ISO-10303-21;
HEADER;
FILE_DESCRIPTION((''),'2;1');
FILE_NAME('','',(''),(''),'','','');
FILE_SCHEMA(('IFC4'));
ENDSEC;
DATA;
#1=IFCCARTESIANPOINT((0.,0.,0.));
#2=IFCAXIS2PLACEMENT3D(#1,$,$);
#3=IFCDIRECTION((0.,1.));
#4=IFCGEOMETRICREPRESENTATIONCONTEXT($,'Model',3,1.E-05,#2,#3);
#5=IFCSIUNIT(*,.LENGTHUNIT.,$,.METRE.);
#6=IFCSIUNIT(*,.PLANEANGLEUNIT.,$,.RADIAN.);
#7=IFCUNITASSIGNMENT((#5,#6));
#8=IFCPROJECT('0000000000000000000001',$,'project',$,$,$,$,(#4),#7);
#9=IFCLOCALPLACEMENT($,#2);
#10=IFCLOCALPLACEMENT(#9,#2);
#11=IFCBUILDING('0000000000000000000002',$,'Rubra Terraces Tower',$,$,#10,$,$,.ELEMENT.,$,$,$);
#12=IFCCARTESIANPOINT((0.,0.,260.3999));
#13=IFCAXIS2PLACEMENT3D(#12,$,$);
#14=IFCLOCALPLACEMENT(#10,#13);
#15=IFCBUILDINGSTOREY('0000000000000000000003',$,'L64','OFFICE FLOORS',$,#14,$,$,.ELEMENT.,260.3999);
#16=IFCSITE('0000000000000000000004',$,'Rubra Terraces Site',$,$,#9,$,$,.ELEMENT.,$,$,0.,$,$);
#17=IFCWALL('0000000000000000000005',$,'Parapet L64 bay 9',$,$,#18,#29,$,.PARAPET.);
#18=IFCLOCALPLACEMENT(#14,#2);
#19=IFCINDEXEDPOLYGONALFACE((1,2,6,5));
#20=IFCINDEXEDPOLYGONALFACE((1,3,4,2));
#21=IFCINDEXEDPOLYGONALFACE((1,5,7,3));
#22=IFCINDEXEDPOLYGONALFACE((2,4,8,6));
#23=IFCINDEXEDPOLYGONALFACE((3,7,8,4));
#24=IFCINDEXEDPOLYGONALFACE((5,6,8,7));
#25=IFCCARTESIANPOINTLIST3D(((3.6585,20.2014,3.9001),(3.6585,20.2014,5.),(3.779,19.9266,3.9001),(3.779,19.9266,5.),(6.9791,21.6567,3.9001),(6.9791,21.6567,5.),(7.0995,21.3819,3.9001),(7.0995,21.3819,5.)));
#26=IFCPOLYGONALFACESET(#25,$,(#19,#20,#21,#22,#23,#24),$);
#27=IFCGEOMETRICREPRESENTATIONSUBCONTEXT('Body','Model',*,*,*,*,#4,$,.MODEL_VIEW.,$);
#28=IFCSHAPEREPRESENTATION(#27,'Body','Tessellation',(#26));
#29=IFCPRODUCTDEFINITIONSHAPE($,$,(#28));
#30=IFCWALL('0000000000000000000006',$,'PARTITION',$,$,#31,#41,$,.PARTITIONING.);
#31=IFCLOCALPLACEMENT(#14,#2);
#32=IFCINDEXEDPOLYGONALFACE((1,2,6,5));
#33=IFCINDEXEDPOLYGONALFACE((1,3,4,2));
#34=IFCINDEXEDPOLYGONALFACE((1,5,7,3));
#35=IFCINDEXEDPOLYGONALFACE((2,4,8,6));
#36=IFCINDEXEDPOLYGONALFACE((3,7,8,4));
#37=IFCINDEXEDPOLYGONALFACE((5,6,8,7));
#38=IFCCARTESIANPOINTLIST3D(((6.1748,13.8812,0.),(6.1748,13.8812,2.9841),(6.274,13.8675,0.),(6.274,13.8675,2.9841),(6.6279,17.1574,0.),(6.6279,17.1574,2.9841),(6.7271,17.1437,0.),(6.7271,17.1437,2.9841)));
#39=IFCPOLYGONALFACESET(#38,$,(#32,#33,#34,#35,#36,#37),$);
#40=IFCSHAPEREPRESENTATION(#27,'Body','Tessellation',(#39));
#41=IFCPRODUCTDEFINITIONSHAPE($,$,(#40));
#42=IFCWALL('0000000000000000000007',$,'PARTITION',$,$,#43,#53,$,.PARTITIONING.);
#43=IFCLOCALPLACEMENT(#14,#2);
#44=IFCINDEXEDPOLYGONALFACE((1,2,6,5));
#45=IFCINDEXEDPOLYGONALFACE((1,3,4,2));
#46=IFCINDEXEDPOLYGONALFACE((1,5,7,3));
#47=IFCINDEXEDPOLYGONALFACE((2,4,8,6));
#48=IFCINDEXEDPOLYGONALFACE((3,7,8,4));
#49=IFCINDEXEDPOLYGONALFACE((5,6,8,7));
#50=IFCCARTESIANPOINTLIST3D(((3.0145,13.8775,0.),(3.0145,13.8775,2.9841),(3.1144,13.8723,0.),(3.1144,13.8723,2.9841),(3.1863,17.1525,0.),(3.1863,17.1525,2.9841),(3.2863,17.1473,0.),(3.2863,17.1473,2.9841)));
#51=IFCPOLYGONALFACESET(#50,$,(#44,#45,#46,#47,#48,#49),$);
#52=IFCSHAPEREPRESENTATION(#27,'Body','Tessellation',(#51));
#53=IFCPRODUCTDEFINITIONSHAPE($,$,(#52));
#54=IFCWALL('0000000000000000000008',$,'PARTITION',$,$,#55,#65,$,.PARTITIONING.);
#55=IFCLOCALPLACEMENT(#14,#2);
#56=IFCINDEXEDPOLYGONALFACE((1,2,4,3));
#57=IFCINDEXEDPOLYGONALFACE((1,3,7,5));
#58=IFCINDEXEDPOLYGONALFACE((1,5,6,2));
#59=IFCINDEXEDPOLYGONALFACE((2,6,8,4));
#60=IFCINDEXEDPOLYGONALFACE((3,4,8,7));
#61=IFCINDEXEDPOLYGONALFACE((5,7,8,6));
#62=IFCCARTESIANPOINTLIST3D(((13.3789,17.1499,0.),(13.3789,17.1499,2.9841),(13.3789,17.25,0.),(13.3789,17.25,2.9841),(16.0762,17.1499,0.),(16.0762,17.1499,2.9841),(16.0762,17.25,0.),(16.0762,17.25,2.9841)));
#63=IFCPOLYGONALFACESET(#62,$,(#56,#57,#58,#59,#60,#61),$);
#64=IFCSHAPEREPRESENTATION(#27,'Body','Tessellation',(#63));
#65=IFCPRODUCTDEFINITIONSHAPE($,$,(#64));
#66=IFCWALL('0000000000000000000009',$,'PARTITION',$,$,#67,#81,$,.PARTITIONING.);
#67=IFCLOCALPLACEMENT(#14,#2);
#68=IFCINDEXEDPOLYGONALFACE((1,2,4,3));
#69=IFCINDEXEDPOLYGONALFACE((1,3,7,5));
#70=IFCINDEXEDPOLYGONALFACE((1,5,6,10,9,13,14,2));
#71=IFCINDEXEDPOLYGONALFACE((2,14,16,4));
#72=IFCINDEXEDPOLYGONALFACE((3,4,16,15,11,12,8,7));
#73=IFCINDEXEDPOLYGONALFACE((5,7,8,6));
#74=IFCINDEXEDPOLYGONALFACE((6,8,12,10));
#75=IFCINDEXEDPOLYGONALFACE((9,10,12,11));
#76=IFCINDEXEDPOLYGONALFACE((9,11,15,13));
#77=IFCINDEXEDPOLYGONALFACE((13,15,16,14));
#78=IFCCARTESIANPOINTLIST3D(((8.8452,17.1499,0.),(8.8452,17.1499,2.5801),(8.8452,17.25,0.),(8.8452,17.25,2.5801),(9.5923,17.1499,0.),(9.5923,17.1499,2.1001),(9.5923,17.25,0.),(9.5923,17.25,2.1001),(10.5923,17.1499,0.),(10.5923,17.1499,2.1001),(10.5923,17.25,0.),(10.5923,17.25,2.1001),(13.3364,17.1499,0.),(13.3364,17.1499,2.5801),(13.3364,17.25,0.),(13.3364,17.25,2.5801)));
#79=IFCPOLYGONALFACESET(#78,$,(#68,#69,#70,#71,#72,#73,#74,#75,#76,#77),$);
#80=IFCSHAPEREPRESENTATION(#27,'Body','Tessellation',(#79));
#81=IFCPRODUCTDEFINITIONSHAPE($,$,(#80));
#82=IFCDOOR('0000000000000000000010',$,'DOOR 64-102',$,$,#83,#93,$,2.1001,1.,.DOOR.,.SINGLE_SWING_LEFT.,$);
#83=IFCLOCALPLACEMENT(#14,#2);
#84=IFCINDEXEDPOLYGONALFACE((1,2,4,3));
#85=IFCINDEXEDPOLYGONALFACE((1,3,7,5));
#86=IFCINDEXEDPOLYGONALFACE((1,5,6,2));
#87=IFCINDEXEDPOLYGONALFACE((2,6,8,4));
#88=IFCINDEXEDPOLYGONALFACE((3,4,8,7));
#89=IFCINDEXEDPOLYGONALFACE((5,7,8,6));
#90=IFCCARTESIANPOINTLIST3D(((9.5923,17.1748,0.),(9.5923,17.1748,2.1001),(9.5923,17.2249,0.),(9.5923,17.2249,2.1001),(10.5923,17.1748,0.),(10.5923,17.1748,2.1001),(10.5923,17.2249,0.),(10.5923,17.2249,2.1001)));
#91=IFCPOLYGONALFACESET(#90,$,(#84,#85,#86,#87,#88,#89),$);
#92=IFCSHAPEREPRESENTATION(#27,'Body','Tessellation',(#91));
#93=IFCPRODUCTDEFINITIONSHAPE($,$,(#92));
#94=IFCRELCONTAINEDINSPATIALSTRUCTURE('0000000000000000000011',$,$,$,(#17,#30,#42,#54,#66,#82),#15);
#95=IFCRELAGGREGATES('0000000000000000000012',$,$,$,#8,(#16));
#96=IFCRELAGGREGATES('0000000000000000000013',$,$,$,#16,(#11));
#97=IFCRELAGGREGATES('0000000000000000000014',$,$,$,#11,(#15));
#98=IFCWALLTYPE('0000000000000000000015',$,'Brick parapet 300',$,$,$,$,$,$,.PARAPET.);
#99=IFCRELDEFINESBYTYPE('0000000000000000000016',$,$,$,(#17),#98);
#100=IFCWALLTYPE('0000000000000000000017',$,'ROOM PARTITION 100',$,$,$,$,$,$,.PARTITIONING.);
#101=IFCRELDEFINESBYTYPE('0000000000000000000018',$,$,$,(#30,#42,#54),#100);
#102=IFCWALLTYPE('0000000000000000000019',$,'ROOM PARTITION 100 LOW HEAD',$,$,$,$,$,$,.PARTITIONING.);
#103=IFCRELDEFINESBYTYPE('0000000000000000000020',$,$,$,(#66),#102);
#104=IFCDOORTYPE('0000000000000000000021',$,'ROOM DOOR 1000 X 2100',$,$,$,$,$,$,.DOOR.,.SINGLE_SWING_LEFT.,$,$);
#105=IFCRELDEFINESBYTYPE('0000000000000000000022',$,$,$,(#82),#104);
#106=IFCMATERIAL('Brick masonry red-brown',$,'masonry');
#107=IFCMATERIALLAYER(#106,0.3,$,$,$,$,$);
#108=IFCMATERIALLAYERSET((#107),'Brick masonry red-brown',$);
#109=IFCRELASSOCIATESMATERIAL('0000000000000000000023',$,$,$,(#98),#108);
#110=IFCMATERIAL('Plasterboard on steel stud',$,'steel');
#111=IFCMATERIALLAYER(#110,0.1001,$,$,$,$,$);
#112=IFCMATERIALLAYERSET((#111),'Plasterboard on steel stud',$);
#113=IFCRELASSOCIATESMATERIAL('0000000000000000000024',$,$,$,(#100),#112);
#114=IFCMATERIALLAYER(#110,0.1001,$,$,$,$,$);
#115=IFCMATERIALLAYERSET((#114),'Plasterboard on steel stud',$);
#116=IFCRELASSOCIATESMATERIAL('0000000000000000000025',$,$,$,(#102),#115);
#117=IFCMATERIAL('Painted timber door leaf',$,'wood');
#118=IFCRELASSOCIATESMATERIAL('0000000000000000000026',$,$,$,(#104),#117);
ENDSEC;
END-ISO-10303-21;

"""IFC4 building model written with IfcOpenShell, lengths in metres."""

from ifc_helpers import new_model, si_unit, direction, frame, frame_2d, origin, place, context, subcontext, project, spatial, rectangle, extrude, material, layer, layer_set, type_object, element, fill, save


model = new_model("IFC4")

# Units and contexts
model_context = context("Model", 3, precision=1e-05, world=origin(), true_north=direction((0.0, 1.0)))
body_context = subcontext(model_context, "Body", "Model", "MODEL_VIEW")
ifc_project = project(units=[si_unit("LENGTHUNIT", "METRE"), si_unit("PLANEANGLEUNIT", "RADIAN")], contexts=[model_context])

# Site, building, storey
site_placement = place(None, origin())
site = spatial("IfcSite", under=ifc_project, at=site_placement, Name="Rubra Terraces Site", CompositionType="ELEMENT", RefElevation=0.0)
building_placement = place(site_placement, origin())
building = spatial("IfcBuilding", under=site, at=building_placement, Name="Rubra Terraces Tower", CompositionType="ELEMENT")
storey_placement = place(building_placement, frame((0.0, 0.0, 260.3999)))
storey = spatial("IfcBuildingStorey", under=building, at=storey_placement, Name="L64", Description="OFFICE FLOORS", CompositionType="ELEMENT", Elevation=260.3999)

# Shared definitions
ifc_material_1 = material(Name="Brick masonry red-brown", Category="masonry")

# Walls
ifc_layer_1 = layer(ifc_material_1, 0.3)
ifc_layer_set_1 = layer_set([ifc_layer_1], Name="Brick masonry red-brown")
wall_type_1 = type_object("IfcWallType", Name="Brick parapet 300", PredefinedType="PARAPET", material=ifc_layer_set_1)
wall_1_placement = place(storey_placement, frame((7.0393, 21.5193, 3.9001), z_axis=(0.0, 0.0, 1.0), x_axis=(-0.915896, -0.401416, 0.0)))
element("IfcWall", 1, at=wall_1_placement, inside=storey, type_object=wall_type_1, Name="Parapet L64 bay 9", PredefinedType="PARAPET", context=body_context, shape_type="SweptSolid", body=[
    extrude(rectangle(XDim=3.6255, YDim=0.3, at=frame_2d((1.8127, 0.0))), origin(), (0.0, 0.0, 1.0), 1.0999),
])
ifc_material_2 = material(Name="Plasterboard on steel stud", Category="steel")
ifc_layer_2 = layer(ifc_material_2, 0.1001)
ifc_layer_set_2 = layer_set([ifc_layer_2], Name="Plasterboard on steel stud")
wall_type_2 = type_object("IfcWallType", Name="ROOM PARTITION 100", PredefinedType="PARTITIONING", material=ifc_layer_set_2)
wall_2_placement = place(storey_placement, frame((6.2244, 13.8743, 0.0), z_axis=(0.0, 0.0, 1.0), x_axis=(0.137007, 0.99057, 0.0)))
element("IfcWall", 2, at=wall_2_placement, inside=storey, type_object=wall_type_2, Name="PARTITION", PredefinedType="PARTITIONING", context=body_context, shape_type="SweptSolid", body=[
    extrude(rectangle(XDim=3.3074, YDim=0.1001, at=frame_2d((1.6538, 0.0))), origin(), (0.0, 0.0, 1.0), 2.9841),
])
wall_3_placement = place(storey_placement, frame((3.0645, 13.875, 0.0), z_axis=(0.0, 0.0, 1.0), x_axis=(0.052406, 0.998626, 0.0)))
element("IfcWall", 3, at=wall_3_placement, inside=storey, type_object=wall_type_2, Name="PARTITION", PredefinedType="PARTITIONING", context=body_context, shape_type="SweptSolid", body=[
    extrude(rectangle(XDim=3.2795, YDim=0.1001, at=frame_2d((1.6396, 0.0))), origin(), (0.0, 0.0, 1.0), 2.9841),
])
wall_4_placement = place(storey_placement, frame((13.3789, 17.2, 0.0), z_axis=(0.0, 0.0, 1.0), x_axis=(1.0, 0.0, 0.0)))
element("IfcWall", 4, at=wall_4_placement, inside=storey, type_object=wall_type_2, Name="PARTITION", PredefinedType="PARTITIONING", context=body_context, shape_type="SweptSolid", body=[
    extrude(rectangle(XDim=2.6973, YDim=0.1001, at=frame_2d((1.3486, 0.0))), origin(), (0.0, 0.0, 1.0), 2.9841),
])

# Wall, opening, door
ifc_layer_3 = layer(ifc_material_2, 0.1001)
ifc_layer_set_3 = layer_set([ifc_layer_3], Name="Plasterboard on steel stud")
wall_type_3 = type_object("IfcWallType", Name="ROOM PARTITION 100 LOW HEAD", PredefinedType="PARTITIONING", material=ifc_layer_set_3)
wall_5_placement = place(storey_placement, frame((8.8452, 17.2, 0.0), z_axis=(0.0, 0.0, 1.0), x_axis=(1.0, 0.0, 0.0)))
wall_5 = element("IfcWall", 5, at=wall_5_placement, inside=storey, type_object=wall_type_3, Name="PARTITION", PredefinedType="PARTITIONING", context=body_context, shape_type="SweptSolid", body=[
    extrude(rectangle(XDim=4.4912, YDim=0.1001, at=frame_2d((2.2456, 0.0))), origin(), (0.0, 0.0, 1.0), 2.5801),
])
opening_1_placement = place(wall_5_placement, frame((0.7471, 0.0, 0.0)))
opening_1 = element("IfcOpeningElement", 6, at=opening_1_placement, cuts=wall_5, PredefinedType="OPENING", context=body_context, shape_type="SweptSolid", body=[
    extrude(rectangle(XDim=1.0, YDim=2.1001, at=frame_2d((0.5, 1.05))), frame((0.0, 0.0601, 0.0), z_axis=(0.0, -1.0, 0.0), x_axis=(1.0, 0.0, 0.0)), (0.0, 0.0, 1.0), 0.1201),
])
ifc_material_3 = material(Name="Painted timber door leaf", Category="wood")
door_type = type_object("IfcDoorType", Name="ROOM DOOR 1000 X 2100", OperationType="SINGLE_SWING_LEFT", PredefinedType="DOOR", material=ifc_material_3)
door_placement = place(opening_1_placement, origin())
door = element("IfcDoor", 7, at=door_placement, inside=storey, type_object=door_type, Name="DOOR 64-102", OperationType="SINGLE_SWING_LEFT", OverallHeight=2.1001, OverallWidth=1.0, PredefinedType="DOOR", context=body_context, shape_type="SweptSolid", body=[
    extrude(rectangle(XDim=1.0, YDim=2.1001, at=frame_2d((0.5, 1.05))), frame((0.0, 0.0249, 0.0), z_axis=(0.0, -1.0, 0.0), x_axis=(1.0, 0.0, 0.0)), (0.0, 0.0, 1.0), 0.05),
])
fill(opening_1, door)

save(model, "model.ifc")
